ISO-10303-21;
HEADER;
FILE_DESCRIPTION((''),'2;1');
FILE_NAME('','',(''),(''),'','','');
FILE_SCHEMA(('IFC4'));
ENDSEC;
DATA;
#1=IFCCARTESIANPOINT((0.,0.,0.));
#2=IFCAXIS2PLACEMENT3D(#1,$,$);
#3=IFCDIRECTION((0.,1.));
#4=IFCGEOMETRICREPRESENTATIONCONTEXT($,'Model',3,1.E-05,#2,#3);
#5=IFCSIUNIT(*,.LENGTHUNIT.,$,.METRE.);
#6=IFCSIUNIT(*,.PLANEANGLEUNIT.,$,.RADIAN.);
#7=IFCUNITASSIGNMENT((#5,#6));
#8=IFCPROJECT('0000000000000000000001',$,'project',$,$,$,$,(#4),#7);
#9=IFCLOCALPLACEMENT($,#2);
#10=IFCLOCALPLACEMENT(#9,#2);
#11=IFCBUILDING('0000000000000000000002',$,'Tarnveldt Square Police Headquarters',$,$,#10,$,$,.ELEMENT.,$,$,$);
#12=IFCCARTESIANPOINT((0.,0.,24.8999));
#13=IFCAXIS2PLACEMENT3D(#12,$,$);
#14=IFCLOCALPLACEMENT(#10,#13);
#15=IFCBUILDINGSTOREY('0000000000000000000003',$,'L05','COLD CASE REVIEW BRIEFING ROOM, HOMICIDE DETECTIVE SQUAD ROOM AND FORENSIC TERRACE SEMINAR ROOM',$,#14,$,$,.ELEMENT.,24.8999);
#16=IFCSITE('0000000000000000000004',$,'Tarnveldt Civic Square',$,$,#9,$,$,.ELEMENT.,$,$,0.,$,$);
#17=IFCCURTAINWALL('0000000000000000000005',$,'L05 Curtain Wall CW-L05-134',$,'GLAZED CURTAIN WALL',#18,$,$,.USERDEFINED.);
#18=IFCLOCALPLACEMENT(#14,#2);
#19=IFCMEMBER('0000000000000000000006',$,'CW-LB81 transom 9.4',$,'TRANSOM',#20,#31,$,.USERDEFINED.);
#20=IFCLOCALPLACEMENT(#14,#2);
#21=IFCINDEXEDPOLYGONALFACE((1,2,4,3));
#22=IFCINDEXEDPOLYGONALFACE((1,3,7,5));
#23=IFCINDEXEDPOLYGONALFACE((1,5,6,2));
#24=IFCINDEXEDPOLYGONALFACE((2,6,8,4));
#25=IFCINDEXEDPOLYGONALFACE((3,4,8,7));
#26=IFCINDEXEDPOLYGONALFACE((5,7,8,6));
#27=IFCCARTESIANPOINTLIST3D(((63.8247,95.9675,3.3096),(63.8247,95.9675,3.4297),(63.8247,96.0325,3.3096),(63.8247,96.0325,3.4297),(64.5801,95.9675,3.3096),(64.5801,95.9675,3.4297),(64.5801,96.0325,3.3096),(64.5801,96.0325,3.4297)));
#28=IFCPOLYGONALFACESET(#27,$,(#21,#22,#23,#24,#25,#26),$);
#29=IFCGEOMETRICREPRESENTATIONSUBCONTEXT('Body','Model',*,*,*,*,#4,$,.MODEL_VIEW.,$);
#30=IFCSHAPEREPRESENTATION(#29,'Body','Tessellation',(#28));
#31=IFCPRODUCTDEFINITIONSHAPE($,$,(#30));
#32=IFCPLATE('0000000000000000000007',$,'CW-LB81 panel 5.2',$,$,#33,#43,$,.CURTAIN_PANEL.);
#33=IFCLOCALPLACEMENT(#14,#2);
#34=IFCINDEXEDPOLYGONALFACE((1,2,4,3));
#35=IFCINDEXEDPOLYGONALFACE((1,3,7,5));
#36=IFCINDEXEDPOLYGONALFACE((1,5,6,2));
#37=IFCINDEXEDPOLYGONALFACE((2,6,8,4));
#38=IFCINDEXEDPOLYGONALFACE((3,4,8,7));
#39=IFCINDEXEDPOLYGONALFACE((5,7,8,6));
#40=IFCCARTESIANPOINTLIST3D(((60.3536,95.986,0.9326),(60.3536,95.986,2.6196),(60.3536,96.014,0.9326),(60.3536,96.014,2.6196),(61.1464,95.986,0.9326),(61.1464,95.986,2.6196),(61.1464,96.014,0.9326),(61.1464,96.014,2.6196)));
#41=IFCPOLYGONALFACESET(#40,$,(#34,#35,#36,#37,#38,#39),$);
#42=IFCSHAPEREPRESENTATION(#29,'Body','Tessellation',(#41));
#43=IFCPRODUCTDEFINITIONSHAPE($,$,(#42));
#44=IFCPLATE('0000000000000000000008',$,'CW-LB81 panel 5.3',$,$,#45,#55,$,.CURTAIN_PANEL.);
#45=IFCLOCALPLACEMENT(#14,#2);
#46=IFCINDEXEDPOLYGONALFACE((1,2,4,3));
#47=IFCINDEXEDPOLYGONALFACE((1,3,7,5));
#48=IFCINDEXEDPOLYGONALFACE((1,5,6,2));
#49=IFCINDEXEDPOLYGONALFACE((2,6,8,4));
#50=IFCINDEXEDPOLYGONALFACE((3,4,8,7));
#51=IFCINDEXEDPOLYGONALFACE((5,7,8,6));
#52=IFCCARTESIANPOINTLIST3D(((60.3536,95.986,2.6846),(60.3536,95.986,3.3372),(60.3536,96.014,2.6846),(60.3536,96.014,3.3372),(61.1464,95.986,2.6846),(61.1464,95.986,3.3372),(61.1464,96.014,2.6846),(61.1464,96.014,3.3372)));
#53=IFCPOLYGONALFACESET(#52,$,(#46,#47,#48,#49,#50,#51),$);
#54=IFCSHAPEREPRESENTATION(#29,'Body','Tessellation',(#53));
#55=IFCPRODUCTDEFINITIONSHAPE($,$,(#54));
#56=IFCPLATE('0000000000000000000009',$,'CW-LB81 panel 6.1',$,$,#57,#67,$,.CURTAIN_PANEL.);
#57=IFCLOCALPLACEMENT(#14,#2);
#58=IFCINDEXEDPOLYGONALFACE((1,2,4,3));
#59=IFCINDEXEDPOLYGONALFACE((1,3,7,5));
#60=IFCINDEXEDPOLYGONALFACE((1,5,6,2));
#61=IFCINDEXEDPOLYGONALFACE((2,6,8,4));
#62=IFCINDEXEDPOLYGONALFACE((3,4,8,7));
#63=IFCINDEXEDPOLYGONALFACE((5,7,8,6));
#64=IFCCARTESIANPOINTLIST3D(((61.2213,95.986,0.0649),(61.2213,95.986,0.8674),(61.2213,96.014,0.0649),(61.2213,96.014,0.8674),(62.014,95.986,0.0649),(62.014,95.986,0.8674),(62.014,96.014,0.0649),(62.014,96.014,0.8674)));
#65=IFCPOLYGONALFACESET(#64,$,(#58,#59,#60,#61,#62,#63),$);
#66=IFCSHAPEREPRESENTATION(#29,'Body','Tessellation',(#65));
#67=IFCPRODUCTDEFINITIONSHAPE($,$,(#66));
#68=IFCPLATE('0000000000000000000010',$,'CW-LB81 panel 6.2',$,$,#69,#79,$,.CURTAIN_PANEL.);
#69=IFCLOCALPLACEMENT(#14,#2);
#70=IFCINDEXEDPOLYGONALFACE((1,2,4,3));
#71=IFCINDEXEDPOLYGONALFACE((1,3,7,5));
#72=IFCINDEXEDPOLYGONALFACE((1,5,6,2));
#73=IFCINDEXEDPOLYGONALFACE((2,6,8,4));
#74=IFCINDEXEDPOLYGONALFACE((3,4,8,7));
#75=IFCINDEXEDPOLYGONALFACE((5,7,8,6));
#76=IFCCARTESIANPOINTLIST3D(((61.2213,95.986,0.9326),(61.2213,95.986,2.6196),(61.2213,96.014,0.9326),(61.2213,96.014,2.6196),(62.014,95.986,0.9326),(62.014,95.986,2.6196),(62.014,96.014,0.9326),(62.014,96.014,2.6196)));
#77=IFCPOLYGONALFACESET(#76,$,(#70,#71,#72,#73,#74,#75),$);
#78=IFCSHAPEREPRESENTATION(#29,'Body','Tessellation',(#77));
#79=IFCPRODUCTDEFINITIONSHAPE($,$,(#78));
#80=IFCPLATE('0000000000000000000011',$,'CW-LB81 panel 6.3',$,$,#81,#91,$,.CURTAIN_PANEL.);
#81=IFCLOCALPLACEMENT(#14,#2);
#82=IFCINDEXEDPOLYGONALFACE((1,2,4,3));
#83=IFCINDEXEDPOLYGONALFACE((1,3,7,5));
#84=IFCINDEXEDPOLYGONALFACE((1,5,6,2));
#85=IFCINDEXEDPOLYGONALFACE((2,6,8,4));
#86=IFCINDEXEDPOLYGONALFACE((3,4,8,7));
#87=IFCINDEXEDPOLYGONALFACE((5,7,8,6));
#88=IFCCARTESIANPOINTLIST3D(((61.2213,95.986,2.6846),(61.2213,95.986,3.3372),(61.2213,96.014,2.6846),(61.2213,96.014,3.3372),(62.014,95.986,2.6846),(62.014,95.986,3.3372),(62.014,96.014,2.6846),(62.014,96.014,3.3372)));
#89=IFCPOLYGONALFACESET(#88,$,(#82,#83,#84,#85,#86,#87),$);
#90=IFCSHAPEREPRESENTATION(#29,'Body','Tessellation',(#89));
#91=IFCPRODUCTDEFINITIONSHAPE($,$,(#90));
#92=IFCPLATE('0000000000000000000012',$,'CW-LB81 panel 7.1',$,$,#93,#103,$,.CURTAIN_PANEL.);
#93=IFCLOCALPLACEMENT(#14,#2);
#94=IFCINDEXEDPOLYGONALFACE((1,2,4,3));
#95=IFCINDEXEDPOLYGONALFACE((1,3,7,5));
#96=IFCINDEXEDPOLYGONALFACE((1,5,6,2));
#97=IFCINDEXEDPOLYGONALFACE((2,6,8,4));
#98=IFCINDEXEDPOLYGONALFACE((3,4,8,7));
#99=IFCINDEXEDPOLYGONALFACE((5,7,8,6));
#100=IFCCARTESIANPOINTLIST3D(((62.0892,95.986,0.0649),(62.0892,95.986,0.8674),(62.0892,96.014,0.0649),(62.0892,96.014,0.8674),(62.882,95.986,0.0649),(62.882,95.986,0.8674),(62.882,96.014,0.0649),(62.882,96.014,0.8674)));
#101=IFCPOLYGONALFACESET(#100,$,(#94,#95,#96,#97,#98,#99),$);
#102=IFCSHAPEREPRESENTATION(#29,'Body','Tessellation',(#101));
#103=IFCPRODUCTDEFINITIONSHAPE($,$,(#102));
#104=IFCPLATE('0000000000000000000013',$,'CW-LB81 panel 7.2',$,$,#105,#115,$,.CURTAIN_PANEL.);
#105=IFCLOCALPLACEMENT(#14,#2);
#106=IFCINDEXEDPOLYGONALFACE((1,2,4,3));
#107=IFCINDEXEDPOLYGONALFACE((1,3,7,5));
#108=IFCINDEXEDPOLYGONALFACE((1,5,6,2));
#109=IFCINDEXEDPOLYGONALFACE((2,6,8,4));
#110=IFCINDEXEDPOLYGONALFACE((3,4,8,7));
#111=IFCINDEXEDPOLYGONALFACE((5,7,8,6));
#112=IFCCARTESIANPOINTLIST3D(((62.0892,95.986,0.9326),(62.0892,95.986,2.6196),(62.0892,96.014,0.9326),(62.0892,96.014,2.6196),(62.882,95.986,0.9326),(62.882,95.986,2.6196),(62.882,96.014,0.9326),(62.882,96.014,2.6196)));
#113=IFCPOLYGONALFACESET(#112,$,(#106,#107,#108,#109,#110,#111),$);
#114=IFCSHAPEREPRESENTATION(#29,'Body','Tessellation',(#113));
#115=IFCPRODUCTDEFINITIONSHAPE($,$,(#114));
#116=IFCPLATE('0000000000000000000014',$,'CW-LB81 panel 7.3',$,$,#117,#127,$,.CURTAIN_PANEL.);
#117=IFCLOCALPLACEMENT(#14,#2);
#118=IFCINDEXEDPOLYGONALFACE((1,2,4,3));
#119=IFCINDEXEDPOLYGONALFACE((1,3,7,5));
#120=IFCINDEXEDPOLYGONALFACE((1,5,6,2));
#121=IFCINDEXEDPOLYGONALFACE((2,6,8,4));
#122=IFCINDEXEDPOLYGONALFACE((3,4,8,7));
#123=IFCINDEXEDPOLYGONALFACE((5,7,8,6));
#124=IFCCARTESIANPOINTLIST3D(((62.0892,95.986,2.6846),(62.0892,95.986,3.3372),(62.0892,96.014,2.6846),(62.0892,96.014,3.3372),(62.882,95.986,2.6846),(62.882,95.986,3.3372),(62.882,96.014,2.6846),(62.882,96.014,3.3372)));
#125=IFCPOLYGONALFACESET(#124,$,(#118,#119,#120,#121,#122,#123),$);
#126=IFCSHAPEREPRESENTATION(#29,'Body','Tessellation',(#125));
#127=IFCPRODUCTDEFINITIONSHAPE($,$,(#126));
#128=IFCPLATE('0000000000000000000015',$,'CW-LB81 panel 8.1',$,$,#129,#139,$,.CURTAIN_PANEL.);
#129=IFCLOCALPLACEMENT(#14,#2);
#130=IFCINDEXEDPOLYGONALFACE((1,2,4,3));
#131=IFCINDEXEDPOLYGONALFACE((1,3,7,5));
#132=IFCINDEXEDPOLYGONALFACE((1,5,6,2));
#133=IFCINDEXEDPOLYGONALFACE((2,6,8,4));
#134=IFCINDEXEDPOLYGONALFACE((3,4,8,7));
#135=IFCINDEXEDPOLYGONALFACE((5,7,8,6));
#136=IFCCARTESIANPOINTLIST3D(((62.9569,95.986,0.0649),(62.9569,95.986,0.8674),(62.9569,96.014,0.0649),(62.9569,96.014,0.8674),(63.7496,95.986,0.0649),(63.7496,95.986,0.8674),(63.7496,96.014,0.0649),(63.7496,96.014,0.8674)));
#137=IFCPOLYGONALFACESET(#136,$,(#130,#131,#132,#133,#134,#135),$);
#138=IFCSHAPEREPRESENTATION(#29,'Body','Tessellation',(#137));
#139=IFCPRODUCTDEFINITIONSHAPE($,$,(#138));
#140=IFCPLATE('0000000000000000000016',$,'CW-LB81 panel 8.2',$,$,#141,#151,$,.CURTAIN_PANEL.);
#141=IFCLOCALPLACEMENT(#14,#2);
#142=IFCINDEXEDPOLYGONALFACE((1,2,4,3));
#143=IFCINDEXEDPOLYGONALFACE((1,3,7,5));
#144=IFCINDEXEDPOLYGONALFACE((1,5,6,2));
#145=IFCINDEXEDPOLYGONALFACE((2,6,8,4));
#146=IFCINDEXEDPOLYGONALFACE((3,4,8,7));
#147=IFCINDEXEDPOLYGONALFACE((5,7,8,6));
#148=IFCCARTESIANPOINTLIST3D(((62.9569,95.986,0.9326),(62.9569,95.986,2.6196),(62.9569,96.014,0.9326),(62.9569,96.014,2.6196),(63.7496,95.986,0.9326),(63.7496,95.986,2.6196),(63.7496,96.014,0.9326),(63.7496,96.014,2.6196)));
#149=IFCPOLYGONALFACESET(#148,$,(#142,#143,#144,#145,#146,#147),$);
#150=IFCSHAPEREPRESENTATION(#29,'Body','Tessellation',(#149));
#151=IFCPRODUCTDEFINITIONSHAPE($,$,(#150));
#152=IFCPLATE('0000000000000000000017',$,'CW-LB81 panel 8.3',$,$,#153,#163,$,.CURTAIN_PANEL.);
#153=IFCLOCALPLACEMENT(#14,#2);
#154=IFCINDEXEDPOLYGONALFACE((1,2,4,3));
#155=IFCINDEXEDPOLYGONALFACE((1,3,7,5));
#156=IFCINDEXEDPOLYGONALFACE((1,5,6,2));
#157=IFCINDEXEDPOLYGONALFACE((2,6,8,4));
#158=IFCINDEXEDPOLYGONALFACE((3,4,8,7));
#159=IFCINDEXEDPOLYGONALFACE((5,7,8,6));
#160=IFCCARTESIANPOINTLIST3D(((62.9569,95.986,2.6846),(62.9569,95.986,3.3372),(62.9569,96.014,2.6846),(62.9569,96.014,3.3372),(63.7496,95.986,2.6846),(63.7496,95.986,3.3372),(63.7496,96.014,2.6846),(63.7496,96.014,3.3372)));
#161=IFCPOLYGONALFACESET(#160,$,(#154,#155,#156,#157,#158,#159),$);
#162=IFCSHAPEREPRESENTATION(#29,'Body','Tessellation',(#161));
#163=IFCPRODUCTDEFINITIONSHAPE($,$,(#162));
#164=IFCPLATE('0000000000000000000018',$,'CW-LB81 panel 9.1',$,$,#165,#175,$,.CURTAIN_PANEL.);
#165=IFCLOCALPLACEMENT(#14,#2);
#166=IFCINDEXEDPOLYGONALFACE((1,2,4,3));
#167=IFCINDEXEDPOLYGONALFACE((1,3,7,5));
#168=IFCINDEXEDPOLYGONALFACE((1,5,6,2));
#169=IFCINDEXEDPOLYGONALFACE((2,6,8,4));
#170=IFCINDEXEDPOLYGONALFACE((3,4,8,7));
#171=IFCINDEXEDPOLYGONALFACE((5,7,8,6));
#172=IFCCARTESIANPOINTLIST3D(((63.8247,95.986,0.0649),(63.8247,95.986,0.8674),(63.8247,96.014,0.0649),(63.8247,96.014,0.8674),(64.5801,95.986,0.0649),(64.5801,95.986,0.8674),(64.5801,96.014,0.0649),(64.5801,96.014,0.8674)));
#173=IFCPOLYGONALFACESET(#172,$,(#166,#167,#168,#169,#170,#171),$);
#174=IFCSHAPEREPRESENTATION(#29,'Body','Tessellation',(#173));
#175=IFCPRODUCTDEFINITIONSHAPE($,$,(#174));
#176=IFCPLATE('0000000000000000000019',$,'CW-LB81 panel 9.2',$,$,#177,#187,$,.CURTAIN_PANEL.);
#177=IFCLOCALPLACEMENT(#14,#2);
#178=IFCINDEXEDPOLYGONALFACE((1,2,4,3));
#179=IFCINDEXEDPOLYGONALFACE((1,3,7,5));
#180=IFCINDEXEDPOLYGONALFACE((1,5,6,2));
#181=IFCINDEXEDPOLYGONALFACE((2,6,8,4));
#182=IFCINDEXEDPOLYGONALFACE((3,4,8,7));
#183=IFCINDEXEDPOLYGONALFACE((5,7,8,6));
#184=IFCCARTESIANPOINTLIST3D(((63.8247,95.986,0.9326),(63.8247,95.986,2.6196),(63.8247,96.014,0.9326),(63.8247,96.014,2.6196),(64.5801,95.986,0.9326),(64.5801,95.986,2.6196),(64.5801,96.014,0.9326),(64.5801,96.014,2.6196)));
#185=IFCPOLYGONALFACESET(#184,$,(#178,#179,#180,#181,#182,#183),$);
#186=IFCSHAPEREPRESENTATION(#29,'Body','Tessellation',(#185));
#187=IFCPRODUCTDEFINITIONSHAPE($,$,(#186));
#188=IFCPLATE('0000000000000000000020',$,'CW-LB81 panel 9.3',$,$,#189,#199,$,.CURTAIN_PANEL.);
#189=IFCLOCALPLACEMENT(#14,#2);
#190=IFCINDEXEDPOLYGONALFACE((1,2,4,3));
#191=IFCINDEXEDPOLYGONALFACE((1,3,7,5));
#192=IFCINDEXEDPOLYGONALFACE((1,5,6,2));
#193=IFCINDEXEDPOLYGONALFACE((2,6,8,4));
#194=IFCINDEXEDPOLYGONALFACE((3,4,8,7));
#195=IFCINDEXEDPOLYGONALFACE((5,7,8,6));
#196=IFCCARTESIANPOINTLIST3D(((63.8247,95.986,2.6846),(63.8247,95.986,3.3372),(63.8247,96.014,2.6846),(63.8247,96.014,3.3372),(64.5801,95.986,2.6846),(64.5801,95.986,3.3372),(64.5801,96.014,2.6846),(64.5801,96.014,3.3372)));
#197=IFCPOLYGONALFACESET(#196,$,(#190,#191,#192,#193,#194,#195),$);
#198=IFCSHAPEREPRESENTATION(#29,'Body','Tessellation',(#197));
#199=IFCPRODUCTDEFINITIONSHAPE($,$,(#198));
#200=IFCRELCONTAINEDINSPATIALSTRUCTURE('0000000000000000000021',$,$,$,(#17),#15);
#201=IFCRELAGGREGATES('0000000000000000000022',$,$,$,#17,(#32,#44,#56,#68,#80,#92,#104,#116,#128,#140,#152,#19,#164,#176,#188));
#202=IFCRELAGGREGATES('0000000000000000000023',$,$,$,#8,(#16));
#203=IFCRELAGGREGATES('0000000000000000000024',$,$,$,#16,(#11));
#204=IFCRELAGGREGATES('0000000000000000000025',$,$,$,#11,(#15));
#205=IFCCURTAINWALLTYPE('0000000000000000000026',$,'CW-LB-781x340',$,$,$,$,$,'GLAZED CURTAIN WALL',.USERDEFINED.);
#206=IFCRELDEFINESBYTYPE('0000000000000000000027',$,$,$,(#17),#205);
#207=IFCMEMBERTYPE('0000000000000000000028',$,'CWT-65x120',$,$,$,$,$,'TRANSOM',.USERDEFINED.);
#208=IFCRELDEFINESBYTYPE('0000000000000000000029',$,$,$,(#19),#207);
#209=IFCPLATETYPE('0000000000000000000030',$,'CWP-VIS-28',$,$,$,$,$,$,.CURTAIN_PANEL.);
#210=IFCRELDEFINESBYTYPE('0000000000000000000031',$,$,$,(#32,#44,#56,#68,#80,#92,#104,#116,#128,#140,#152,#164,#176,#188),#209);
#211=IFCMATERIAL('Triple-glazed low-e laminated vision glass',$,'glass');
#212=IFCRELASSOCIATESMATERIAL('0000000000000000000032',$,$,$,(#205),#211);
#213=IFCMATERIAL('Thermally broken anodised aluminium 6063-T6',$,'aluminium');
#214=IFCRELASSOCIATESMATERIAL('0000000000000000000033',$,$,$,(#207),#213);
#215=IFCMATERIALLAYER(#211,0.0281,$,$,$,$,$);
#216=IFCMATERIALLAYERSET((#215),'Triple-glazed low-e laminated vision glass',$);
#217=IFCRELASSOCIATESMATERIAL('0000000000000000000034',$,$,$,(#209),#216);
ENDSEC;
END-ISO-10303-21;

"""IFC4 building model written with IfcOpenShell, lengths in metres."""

from ifc_helpers import new_model, si_unit, direction, frame, origin, origin_2d, place, context, subcontext, project, spatial, rectangle, extrude, material, layer, layer_set, material_profile, profile_set, type_object, element, aggregate, save


model = new_model("IFC4")

# Units and contexts
model_context = context("Model", 3, precision=1e-05, world=origin(), true_north=direction((0.0, 1.0)))
body_context = subcontext(model_context, "Body", "Model", "MODEL_VIEW")
ifc_project = project(units=[si_unit("LENGTHUNIT", "METRE"), si_unit("PLANEANGLEUNIT", "RADIAN")], contexts=[model_context])

# Site, building, storey
site_placement = place(None, origin())
site = spatial("IfcSite", under=ifc_project, at=site_placement, Name="Tarnveldt Civic Square", CompositionType="ELEMENT", RefElevation=0.0)
building_placement = place(site_placement, origin())
building = spatial("IfcBuilding", under=site, at=building_placement, Name="Tarnveldt Square Police Headquarters", CompositionType="ELEMENT")
storey_placement = place(building_placement, frame((0.0, 0.0, 24.8999)))
storey = spatial("IfcBuildingStorey", under=building, at=storey_placement, Name="L05", Description="COLD CASE REVIEW BRIEFING ROOM, HOMICIDE DETECTIVE SQUAD ROOM AND FORENSIC TERRACE SEMINAR ROOM", CompositionType="ELEMENT", Elevation=24.8999)

# Curtain wall
ifc_material_1 = material(Name="Triple-glazed low-e laminated vision glass", Category="glass")
curtain_wall_type_1 = type_object("IfcCurtainWallType", Name="CW-LB-781x340", ElementType="GLAZED CURTAIN WALL", PredefinedType="USERDEFINED", material=ifc_material_1)
curtain_wall_1_placement = place(storey_placement, origin())
curtain_wall_1 = element("IfcCurtainWall", 1, at=curtain_wall_1_placement, inside=storey, type_object=curtain_wall_type_1, Name="L05 Curtain Wall CW-L05-134", ObjectType="GLAZED CURTAIN WALL", PredefinedType="USERDEFINED")
ifc_material_2 = material(Name="Thermally broken anodised aluminium 6063-T6", Category="aluminium")

# Member
ifc_material_profile_1 = material_profile(ifc_material_2, rectangle(XDim=0.0649, YDim=0.1201, at=origin_2d()), Name="CW-T65x120")
ifc_profile_set_1 = profile_set([ifc_material_profile_1], Name="Thermally broken anodised aluminium 6063-T6")
member_type_1 = type_object("IfcMemberType", Name="CWT-65x120", ElementType="TRANSOM", PredefinedType="USERDEFINED", material=ifc_profile_set_1)
member_1_placement = place(storey_placement, frame((63.8247, 96.0, 3.3696), z_axis=(1.0, 0.0, 0.0), x_axis=(0.0, 1.0, 0.0)))
member_1 = element("IfcMember", 2, at=member_1_placement, type_object=member_type_1, Name="CW-LB81 transom 9.4", ObjectType="TRANSOM", PredefinedType="USERDEFINED", context=body_context, shape_type="SweptSolid", body=[
    extrude(rectangle(XDim=0.0649, YDim=0.1201, at=origin_2d()), origin(), (0.0, 0.0, 1.0), 0.7554),
])

# Plates
ifc_layer = layer(ifc_material_1, 0.0281)
ifc_layer_set = layer_set([ifc_layer], Name="Triple-glazed low-e laminated vision glass")
plate_type = type_object("IfcPlateType", Name="CWP-VIS-28", PredefinedType="CURTAIN_PANEL", material=ifc_layer_set)
plate_1_placement = place(storey_placement, frame((60.75, 96.0, 0.9326), z_axis=(0.0, 0.0, 1.0), x_axis=(1.0, 0.0, 0.0)))
plate_1 = element("IfcPlate", 3, at=plate_1_placement, type_object=plate_type, Name="CW-LB81 panel 5.2", PredefinedType="CURTAIN_PANEL", context=body_context, shape_type="SweptSolid", body=[
    extrude(rectangle(XDim=0.7927, YDim=0.0281, at=origin_2d()), origin(), (0.0, 0.0, 1.0), 1.687),
])
plate_2_placement = place(storey_placement, frame((60.75, 96.0, 2.6846), z_axis=(0.0, 0.0, 1.0), x_axis=(1.0, 0.0, 0.0)))
plate_2 = element("IfcPlate", 4, at=plate_2_placement, type_object=plate_type, Name="CW-LB81 panel 5.3", PredefinedType="CURTAIN_PANEL", context=body_context, shape_type="SweptSolid", body=[
    extrude(rectangle(XDim=0.7927, YDim=0.0281, at=origin_2d()), origin(), (0.0, 0.0, 1.0), 0.6526),
])
plate_3_placement = place(storey_placement, frame((61.6177, 96.0, 0.0649), z_axis=(0.0, 0.0, 1.0), x_axis=(1.0, 0.0, 0.0)))
plate_3 = element("IfcPlate", 5, at=plate_3_placement, type_object=plate_type, Name="CW-LB81 panel 6.1", PredefinedType="CURTAIN_PANEL", context=body_context, shape_type="SweptSolid", body=[
    extrude(rectangle(XDim=0.7927, YDim=0.0281, at=origin_2d()), origin(), (0.0, 0.0, 1.0), 0.8025),
])
plate_4_placement = place(storey_placement, frame((61.6177, 96.0, 0.9326), z_axis=(0.0, 0.0, 1.0), x_axis=(1.0, 0.0, 0.0)))
plate_4 = element("IfcPlate", 6, at=plate_4_placement, type_object=plate_type, Name="CW-LB81 panel 6.2", PredefinedType="CURTAIN_PANEL", context=body_context, shape_type="SweptSolid", body=[
    extrude(rectangle(XDim=0.7927, YDim=0.0281, at=origin_2d()), origin(), (0.0, 0.0, 1.0), 1.687),
])
plate_5_placement = place(storey_placement, frame((61.6177, 96.0, 2.6846), z_axis=(0.0, 0.0, 1.0), x_axis=(1.0, 0.0, 0.0)))
plate_5 = element("IfcPlate", 7, at=plate_5_placement, type_object=plate_type, Name="CW-LB81 panel 6.3", PredefinedType="CURTAIN_PANEL", context=body_context, shape_type="SweptSolid", body=[
    extrude(rectangle(XDim=0.7927, YDim=0.0281, at=origin_2d()), origin(), (0.0, 0.0, 1.0), 0.6526),
])
plate_6_placement = place(storey_placement, frame((62.4856, 96.0, 0.0649), z_axis=(0.0, 0.0, 1.0), x_axis=(1.0, 0.0, 0.0)))
plate_6 = element("IfcPlate", 8, at=plate_6_placement, type_object=plate_type, Name="CW-LB81 panel 7.1", PredefinedType="CURTAIN_PANEL", context=body_context, shape_type="SweptSolid", body=[
    extrude(rectangle(XDim=0.7927, YDim=0.0281, at=origin_2d()), origin(), (0.0, 0.0, 1.0), 0.8025),
])
plate_7_placement = place(storey_placement, frame((62.4856, 96.0, 0.9326), z_axis=(0.0, 0.0, 1.0), x_axis=(1.0, 0.0, 0.0)))
plate_7 = element("IfcPlate", 9, at=plate_7_placement, type_object=plate_type, Name="CW-LB81 panel 7.2", PredefinedType="CURTAIN_PANEL", context=body_context, shape_type="SweptSolid", body=[
    extrude(rectangle(XDim=0.7927, YDim=0.0281, at=origin_2d()), origin(), (0.0, 0.0, 1.0), 1.687),
])
plate_8_placement = place(storey_placement, frame((62.4856, 96.0, 2.6846), z_axis=(0.0, 0.0, 1.0), x_axis=(1.0, 0.0, 0.0)))
plate_8 = element("IfcPlate", 10, at=plate_8_placement, type_object=plate_type, Name="CW-LB81 panel 7.3", PredefinedType="CURTAIN_PANEL", context=body_context, shape_type="SweptSolid", body=[
    extrude(rectangle(XDim=0.7927, YDim=0.0281, at=origin_2d()), origin(), (0.0, 0.0, 1.0), 0.6526),
])
plate_9_placement = place(storey_placement, frame((63.3533, 96.0, 0.0649), z_axis=(0.0, 0.0, 1.0), x_axis=(1.0, 0.0, 0.0)))
plate_9 = element("IfcPlate", 11, at=plate_9_placement, type_object=plate_type, Name="CW-LB81 panel 8.1", PredefinedType="CURTAIN_PANEL", context=body_context, shape_type="SweptSolid", body=[
    extrude(rectangle(XDim=0.7927, YDim=0.0281, at=origin_2d()), origin(), (0.0, 0.0, 1.0), 0.8025),
])
plate_10_placement = place(storey_placement, frame((63.3533, 96.0, 0.9326), z_axis=(0.0, 0.0, 1.0), x_axis=(1.0, 0.0, 0.0)))
plate_10 = element("IfcPlate", 12, at=plate_10_placement, type_object=plate_type, Name="CW-LB81 panel 8.2", PredefinedType="CURTAIN_PANEL", context=body_context, shape_type="SweptSolid", body=[
    extrude(rectangle(XDim=0.7927, YDim=0.0281, at=origin_2d()), origin(), (0.0, 0.0, 1.0), 1.687),
])
plate_11_placement = place(storey_placement, frame((63.3533, 96.0, 2.6846), z_axis=(0.0, 0.0, 1.0), x_axis=(1.0, 0.0, 0.0)))
plate_11 = element("IfcPlate", 13, at=plate_11_placement, type_object=plate_type, Name="CW-LB81 panel 8.3", PredefinedType="CURTAIN_PANEL", context=body_context, shape_type="SweptSolid", body=[
    extrude(rectangle(XDim=0.7927, YDim=0.0281, at=origin_2d()), origin(), (0.0, 0.0, 1.0), 0.6526),
])
plate_12_placement = place(storey_placement, frame((64.2024, 96.0, 0.0649), z_axis=(0.0, 0.0, 1.0), x_axis=(1.0, 0.0, 0.0)))
plate_12 = element("IfcPlate", 14, at=plate_12_placement, type_object=plate_type, Name="CW-LB81 panel 9.1", PredefinedType="CURTAIN_PANEL", context=body_context, shape_type="SweptSolid", body=[
    extrude(rectangle(XDim=0.7554, YDim=0.0281, at=origin_2d()), origin(), (0.0, 0.0, 1.0), 0.8025),
])
plate_13_placement = place(storey_placement, frame((64.2024, 96.0, 0.9326), z_axis=(0.0, 0.0, 1.0), x_axis=(1.0, 0.0, 0.0)))
plate_13 = element("IfcPlate", 15, at=plate_13_placement, type_object=plate_type, Name="CW-LB81 panel 9.2", PredefinedType="CURTAIN_PANEL", context=body_context, shape_type="SweptSolid", body=[
    extrude(rectangle(XDim=0.7554, YDim=0.0281, at=origin_2d()), origin(), (0.0, 0.0, 1.0), 1.687),
])
plate_14_placement = place(storey_placement, frame((64.2024, 96.0, 2.6846), z_axis=(0.0, 0.0, 1.0), x_axis=(1.0, 0.0, 0.0)))
plate_14 = element("IfcPlate", 16, at=plate_14_placement, type_object=plate_type, Name="CW-LB81 panel 9.3", PredefinedType="CURTAIN_PANEL", context=body_context, shape_type="SweptSolid", body=[
    extrude(rectangle(XDim=0.7554, YDim=0.0281, at=origin_2d()), origin(), (0.0, 0.0, 1.0), 0.6526),
])
aggregate(curtain_wall_1, [plate_1, plate_2, plate_3, plate_4, plate_5, plate_6, plate_7, plate_8, plate_9, plate_10, plate_11, member_1, plate_12, plate_13, plate_14])

save(model, "model.ifc")
